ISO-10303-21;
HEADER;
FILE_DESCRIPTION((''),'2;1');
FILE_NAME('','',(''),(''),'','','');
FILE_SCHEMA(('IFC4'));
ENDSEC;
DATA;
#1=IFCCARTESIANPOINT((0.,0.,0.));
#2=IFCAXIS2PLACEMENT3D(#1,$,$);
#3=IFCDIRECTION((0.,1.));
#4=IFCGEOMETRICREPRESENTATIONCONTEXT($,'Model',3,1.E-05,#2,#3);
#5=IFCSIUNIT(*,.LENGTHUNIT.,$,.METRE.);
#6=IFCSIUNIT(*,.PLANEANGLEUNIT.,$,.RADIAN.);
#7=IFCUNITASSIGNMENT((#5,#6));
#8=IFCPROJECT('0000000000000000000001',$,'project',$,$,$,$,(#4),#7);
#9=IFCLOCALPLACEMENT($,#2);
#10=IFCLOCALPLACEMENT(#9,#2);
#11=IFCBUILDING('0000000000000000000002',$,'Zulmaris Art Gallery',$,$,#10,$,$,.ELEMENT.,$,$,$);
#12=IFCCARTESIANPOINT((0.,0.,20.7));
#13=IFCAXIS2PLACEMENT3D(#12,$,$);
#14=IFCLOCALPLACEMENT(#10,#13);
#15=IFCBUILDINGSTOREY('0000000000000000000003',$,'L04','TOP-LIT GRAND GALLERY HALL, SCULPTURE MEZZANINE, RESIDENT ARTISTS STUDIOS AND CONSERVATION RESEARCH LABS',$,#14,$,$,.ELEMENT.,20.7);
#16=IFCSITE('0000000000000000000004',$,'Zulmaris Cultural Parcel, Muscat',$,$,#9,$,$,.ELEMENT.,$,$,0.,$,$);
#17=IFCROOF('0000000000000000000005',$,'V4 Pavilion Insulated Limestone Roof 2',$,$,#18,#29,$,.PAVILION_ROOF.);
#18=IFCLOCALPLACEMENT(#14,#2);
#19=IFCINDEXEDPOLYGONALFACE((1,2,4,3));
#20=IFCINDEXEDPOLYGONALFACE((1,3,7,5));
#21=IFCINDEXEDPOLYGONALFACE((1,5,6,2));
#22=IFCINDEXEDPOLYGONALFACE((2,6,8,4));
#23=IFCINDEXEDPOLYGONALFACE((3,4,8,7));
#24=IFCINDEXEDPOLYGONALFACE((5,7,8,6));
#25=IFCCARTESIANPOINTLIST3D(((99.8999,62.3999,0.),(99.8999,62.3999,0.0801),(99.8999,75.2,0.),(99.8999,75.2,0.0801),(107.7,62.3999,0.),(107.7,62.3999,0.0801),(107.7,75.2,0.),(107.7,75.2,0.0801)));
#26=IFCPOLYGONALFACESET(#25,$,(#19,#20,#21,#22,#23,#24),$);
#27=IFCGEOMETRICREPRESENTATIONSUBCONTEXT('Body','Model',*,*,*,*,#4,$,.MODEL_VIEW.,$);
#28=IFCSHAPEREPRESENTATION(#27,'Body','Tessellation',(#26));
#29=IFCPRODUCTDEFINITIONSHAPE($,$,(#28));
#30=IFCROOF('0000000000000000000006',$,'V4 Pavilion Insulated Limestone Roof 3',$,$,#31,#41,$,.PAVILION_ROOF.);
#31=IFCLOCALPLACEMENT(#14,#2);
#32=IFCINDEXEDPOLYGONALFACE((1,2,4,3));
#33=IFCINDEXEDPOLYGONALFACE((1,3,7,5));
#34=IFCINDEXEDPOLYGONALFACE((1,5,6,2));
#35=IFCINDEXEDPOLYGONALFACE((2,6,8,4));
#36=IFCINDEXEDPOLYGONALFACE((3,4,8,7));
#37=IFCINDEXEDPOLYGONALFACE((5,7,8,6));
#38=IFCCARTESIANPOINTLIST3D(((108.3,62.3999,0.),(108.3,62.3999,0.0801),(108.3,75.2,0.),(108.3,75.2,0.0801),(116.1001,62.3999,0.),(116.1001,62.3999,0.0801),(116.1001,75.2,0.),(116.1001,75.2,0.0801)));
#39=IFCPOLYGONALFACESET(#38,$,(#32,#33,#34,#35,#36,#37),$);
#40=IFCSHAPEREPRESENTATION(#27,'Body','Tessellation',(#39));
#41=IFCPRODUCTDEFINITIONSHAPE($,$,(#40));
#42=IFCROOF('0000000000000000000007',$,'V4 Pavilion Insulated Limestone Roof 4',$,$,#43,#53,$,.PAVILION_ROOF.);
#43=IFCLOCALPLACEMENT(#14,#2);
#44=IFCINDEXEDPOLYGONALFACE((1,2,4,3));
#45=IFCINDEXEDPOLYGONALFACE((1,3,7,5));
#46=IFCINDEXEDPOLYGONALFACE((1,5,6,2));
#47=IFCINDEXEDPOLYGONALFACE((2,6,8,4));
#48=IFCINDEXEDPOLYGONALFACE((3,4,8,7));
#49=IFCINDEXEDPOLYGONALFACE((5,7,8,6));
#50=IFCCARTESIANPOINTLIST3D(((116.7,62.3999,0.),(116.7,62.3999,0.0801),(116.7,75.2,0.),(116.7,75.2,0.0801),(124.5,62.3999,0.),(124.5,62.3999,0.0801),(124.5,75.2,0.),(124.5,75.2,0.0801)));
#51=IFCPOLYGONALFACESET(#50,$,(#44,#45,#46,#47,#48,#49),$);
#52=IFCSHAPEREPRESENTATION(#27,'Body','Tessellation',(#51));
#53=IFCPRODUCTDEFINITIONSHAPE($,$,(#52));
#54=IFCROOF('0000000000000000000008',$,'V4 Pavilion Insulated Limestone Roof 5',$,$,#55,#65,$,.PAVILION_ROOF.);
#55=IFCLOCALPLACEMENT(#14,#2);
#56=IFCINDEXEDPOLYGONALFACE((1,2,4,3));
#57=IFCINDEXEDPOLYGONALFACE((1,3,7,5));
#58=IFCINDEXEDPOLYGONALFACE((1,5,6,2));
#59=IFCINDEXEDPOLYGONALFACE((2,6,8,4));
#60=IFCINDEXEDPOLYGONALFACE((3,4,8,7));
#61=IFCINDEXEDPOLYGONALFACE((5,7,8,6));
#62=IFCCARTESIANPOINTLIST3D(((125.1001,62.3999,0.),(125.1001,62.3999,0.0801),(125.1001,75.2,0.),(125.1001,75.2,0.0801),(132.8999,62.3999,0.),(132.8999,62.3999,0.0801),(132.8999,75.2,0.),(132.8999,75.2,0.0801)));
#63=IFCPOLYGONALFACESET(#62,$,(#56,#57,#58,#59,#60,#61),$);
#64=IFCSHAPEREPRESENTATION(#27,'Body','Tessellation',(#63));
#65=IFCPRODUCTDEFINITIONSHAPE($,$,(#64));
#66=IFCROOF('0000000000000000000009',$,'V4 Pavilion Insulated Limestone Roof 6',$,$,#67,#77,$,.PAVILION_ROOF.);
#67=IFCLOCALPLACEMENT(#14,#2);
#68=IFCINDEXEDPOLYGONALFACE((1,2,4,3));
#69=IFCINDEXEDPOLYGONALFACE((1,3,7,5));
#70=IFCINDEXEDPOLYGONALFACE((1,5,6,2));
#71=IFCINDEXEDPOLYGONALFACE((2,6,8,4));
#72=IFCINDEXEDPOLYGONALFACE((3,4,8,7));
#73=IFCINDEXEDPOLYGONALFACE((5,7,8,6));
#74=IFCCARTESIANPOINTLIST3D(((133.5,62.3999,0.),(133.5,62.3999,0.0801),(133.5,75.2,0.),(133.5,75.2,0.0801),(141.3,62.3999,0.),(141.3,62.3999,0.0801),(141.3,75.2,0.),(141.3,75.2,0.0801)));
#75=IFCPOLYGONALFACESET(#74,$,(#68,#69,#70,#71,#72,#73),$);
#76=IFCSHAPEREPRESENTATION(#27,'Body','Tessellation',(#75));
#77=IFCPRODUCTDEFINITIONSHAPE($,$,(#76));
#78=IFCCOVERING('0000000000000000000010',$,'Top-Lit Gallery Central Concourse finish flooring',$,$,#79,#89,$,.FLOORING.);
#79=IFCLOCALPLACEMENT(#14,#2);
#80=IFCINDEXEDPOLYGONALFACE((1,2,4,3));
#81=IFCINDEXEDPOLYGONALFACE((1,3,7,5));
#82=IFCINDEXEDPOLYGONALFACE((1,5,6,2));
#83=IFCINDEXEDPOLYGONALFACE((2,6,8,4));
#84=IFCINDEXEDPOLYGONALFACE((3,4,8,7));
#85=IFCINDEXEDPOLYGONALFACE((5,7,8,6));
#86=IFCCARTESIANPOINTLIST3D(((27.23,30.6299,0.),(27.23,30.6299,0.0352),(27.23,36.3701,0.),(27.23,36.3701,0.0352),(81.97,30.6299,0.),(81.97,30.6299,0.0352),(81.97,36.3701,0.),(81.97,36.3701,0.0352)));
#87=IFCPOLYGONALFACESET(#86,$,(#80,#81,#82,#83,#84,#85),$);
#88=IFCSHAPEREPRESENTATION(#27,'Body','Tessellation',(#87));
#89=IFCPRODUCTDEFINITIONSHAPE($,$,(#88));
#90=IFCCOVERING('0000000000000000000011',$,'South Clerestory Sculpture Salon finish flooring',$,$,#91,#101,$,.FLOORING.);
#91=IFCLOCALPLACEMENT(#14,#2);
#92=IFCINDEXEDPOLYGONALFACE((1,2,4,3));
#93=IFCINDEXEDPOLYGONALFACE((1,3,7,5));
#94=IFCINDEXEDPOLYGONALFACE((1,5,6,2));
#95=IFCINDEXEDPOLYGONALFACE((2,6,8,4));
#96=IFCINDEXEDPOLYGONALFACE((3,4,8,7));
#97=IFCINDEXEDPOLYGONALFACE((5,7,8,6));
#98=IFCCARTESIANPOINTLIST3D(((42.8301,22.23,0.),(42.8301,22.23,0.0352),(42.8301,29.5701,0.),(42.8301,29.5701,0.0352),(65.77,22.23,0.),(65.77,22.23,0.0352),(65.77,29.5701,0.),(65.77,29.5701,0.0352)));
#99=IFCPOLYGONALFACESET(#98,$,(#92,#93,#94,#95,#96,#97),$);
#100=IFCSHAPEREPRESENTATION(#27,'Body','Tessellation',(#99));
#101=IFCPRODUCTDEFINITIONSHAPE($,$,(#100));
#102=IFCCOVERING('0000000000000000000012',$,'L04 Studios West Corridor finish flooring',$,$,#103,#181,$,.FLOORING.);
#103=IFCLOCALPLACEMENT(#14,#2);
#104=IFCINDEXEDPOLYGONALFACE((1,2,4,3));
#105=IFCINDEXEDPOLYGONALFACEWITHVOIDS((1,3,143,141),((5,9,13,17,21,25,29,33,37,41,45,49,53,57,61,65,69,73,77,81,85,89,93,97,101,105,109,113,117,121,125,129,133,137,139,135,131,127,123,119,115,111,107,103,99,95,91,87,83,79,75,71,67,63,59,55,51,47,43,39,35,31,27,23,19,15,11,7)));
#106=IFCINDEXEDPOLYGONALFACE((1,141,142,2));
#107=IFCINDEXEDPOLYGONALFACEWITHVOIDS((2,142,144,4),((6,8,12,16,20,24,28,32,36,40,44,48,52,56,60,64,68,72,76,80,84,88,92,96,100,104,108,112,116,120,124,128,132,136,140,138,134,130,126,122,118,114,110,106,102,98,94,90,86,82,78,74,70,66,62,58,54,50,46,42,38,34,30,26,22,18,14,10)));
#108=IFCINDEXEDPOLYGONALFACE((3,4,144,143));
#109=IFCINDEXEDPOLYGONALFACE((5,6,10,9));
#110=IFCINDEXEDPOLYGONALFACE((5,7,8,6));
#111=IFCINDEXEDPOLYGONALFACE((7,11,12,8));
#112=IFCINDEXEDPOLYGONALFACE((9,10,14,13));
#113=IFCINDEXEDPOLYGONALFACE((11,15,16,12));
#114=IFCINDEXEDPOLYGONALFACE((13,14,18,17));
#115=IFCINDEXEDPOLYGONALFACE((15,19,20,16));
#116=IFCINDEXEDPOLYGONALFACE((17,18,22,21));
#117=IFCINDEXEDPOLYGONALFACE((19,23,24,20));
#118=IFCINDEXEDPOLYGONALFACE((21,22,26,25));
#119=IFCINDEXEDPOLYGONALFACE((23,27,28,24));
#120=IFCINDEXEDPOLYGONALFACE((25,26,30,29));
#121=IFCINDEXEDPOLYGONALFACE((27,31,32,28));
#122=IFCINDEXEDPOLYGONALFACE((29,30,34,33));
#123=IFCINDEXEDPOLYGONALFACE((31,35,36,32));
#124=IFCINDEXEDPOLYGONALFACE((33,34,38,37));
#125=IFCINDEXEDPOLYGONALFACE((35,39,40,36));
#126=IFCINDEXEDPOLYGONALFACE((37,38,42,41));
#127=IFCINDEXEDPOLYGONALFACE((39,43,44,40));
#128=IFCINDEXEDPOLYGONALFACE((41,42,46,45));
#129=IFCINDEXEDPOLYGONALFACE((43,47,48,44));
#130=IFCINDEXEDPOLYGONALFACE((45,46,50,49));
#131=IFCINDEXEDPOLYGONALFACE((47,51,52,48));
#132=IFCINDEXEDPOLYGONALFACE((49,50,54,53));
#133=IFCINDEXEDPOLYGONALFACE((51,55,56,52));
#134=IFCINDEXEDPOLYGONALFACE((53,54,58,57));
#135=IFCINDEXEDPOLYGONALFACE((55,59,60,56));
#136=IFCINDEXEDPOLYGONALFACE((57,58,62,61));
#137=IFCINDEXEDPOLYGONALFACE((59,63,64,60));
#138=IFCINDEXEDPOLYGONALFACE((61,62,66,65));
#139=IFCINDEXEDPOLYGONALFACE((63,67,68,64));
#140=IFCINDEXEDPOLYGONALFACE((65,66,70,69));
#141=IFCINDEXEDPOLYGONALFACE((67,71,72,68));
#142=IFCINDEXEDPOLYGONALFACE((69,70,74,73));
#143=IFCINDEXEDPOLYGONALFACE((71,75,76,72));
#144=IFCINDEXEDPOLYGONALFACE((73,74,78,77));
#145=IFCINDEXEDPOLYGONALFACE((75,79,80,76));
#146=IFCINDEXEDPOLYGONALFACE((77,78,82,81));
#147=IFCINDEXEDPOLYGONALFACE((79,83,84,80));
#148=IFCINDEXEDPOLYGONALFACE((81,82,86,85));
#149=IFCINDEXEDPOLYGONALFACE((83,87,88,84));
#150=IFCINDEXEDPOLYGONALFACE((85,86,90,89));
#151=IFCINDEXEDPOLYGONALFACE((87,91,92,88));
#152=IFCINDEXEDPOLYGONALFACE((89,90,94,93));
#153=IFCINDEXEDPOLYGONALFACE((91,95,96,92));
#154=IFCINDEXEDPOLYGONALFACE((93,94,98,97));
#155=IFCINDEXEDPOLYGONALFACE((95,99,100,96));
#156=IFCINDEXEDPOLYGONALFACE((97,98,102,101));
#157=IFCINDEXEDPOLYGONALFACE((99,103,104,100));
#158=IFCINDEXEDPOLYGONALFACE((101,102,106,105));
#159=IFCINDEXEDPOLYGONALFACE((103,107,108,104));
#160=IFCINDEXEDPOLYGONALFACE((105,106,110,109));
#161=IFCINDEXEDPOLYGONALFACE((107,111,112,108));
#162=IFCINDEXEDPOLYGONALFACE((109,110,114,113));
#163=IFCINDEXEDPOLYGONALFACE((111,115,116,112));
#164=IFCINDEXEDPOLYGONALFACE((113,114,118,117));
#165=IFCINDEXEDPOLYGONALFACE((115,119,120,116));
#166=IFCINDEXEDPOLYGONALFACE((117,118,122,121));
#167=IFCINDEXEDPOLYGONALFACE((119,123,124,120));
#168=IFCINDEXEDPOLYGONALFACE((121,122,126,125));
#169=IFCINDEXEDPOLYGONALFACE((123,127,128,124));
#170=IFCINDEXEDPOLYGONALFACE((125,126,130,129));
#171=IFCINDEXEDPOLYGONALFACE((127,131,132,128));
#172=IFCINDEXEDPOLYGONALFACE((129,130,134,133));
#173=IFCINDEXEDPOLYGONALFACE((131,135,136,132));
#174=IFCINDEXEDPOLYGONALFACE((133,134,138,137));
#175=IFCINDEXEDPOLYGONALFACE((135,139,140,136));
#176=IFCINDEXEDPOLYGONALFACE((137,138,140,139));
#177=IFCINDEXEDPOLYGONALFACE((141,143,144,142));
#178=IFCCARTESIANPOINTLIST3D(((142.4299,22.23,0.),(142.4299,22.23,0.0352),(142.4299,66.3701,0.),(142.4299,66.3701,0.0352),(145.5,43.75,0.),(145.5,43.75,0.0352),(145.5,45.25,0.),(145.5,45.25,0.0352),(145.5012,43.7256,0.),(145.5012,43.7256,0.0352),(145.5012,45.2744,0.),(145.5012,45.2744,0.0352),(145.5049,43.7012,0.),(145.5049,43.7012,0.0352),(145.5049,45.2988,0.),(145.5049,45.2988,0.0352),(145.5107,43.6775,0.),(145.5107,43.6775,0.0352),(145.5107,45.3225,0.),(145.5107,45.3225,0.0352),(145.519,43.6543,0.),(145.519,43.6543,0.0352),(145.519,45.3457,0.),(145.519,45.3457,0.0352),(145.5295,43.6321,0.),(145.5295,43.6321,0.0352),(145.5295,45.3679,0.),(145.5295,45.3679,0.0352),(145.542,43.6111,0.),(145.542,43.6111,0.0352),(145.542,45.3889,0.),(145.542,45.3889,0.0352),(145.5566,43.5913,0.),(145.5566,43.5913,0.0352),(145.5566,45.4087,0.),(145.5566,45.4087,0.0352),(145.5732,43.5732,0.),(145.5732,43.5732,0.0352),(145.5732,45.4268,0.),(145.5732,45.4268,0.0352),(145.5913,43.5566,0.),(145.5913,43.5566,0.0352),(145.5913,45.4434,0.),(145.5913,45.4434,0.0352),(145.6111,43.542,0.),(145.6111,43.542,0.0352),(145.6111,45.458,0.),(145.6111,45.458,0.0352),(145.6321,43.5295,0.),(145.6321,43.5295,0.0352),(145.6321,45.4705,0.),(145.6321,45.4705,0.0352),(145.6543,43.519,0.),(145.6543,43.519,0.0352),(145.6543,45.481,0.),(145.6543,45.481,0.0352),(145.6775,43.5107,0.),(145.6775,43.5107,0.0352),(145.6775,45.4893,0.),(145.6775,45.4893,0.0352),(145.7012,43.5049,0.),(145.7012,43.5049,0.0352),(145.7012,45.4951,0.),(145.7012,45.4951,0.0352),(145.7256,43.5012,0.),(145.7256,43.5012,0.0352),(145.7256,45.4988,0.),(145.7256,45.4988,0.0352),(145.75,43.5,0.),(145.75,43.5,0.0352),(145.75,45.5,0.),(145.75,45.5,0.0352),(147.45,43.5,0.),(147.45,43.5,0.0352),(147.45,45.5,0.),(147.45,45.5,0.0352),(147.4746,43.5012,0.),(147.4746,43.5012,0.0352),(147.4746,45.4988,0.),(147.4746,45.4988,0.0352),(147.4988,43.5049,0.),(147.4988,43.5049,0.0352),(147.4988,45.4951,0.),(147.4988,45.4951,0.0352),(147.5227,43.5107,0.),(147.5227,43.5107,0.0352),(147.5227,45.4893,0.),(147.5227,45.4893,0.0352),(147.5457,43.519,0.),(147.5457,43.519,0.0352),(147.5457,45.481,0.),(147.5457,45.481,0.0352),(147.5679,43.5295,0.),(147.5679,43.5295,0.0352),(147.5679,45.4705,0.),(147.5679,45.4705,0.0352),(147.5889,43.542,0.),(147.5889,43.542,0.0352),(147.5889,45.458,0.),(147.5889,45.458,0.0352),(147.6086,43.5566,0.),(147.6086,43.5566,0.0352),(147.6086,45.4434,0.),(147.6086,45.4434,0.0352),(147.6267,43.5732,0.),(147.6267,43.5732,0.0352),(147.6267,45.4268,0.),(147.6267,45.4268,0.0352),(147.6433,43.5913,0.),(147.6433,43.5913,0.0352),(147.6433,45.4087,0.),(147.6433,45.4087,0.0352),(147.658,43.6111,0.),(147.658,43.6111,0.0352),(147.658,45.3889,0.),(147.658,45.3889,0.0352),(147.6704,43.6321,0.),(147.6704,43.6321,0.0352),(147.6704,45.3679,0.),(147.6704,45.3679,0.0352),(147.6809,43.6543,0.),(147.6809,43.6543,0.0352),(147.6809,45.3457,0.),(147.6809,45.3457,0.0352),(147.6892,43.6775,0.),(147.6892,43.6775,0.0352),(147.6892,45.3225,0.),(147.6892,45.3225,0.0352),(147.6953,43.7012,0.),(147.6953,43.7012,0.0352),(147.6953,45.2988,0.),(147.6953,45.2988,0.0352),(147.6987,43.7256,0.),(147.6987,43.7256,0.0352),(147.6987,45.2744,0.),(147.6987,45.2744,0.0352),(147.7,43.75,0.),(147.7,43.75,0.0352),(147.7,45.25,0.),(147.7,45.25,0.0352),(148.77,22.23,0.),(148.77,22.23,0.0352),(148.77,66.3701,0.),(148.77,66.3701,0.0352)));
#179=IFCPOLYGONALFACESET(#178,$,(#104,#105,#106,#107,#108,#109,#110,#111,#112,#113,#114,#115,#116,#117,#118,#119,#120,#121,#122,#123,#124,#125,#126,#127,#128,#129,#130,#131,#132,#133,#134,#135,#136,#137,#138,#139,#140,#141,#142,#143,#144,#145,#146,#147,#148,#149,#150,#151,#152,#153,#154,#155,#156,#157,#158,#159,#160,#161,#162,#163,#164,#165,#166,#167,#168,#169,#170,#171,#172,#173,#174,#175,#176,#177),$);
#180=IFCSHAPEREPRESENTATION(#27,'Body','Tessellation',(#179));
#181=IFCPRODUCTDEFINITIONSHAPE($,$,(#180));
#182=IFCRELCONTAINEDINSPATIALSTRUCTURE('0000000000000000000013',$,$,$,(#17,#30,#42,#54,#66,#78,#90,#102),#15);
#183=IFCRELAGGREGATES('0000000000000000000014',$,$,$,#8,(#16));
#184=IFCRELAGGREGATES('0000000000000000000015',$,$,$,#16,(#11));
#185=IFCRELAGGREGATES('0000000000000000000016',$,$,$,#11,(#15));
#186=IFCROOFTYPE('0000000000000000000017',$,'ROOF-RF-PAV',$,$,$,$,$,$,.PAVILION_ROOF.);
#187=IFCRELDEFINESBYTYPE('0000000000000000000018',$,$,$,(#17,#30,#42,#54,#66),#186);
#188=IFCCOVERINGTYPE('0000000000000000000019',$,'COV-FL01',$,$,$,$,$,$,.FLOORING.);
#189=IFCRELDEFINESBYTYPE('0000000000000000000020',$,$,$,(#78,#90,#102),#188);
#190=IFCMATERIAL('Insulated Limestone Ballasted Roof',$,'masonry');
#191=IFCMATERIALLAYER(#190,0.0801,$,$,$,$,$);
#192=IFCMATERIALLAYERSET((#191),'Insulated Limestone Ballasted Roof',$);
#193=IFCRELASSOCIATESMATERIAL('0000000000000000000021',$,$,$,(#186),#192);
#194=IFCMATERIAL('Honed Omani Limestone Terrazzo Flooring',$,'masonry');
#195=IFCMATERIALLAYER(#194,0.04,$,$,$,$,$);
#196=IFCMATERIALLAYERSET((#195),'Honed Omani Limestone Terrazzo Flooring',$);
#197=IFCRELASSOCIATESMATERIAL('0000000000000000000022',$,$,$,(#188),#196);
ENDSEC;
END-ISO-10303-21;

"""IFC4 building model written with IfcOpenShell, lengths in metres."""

from ifc_helpers import new_model, si_unit, direction, frame, origin, place, context, subcontext, project, spatial, polyline, outline, extrude, material, layer, layer_set, type_object, element, save


model = new_model("IFC4")

# Units and contexts
model_context = context("Model", 3, precision=1e-05, world=origin(), true_north=direction((0.0, 1.0)))
body_context = subcontext(model_context, "Body", "Model", "MODEL_VIEW")
ifc_project = project(units=[si_unit("LENGTHUNIT", "METRE"), si_unit("PLANEANGLEUNIT", "RADIAN")], contexts=[model_context])

# Site, building, storey
site_placement = place(None, origin())
site = spatial("IfcSite", under=ifc_project, at=site_placement, Name="Zulmaris Cultural Parcel, Muscat", CompositionType="ELEMENT", RefElevation=0.0)
building_placement = place(site_placement, origin())
building = spatial("IfcBuilding", under=site, at=building_placement, Name="Zulmaris Art Gallery", CompositionType="ELEMENT")
storey_placement = place(building_placement, frame((0.0, 0.0, 20.7)))
storey = spatial("IfcBuildingStorey", under=building, at=storey_placement, Name="L04", Description="TOP-LIT GRAND GALLERY HALL, SCULPTURE MEZZANINE, RESIDENT ARTISTS STUDIOS AND CONSERVATION RESEARCH LABS", CompositionType="ELEMENT", Elevation=20.7)

# Roofs
ifc_material_1 = material(Name="Insulated Limestone Ballasted Roof", Category="masonry")
ifc_layer_1 = layer(ifc_material_1, 0.0801)
ifc_layer_set_1 = layer_set([ifc_layer_1], Name="Insulated Limestone Ballasted Roof")
roof_type = type_object("IfcRoofType", Name="ROOF-RF-PAV", PredefinedType="PAVILION_ROOF", material=ifc_layer_set_1)
roof_1_placement = place(storey_placement, origin())
element("IfcRoof", 1, at=roof_1_placement, inside=storey, type_object=roof_type, Name="V4 Pavilion Insulated Limestone Roof 2", PredefinedType="PAVILION_ROOF", context=body_context, shape_type="SweptSolid", body=[
    extrude(outline(polyline([(99.8999, 62.3999), (107.7, 62.3999), (107.7, 75.2), (99.8999, 75.2), (99.8999, 62.3999)])), origin(), (0.0, 0.0, 1.0), 0.0801),
])
roof_2_placement = place(storey_placement, origin())
element("IfcRoof", 2, at=roof_2_placement, inside=storey, type_object=roof_type, Name="V4 Pavilion Insulated Limestone Roof 3", PredefinedType="PAVILION_ROOF", context=body_context, shape_type="SweptSolid", body=[
    extrude(outline(polyline([(108.3, 62.3999), (116.1001, 62.3999), (116.1001, 75.2), (108.3, 75.2), (108.3, 62.3999)])), origin(), (0.0, 0.0, 1.0), 0.0801),
])
roof_3_placement = place(storey_placement, origin())
element("IfcRoof", 3, at=roof_3_placement, inside=storey, type_object=roof_type, Name="V4 Pavilion Insulated Limestone Roof 4", PredefinedType="PAVILION_ROOF", context=body_context, shape_type="SweptSolid", body=[
    extrude(outline(polyline([(116.7, 62.3999), (124.5, 62.3999), (124.5, 75.2), (116.7, 75.2), (116.7, 62.3999)])), origin(), (0.0, 0.0, 1.0), 0.0801),
])
roof_4_placement = place(storey_placement, origin())
element("IfcRoof", 4, at=roof_4_placement, inside=storey, type_object=roof_type, Name="V4 Pavilion Insulated Limestone Roof 5", PredefinedType="PAVILION_ROOF", context=body_context, shape_type="SweptSolid", body=[
    extrude(outline(polyline([(125.1001, 62.3999), (132.8999, 62.3999), (132.8999, 75.2), (125.1001, 75.2), (125.1001, 62.3999)])), origin(), (0.0, 0.0, 1.0), 0.0801),
])
roof_5_placement = place(storey_placement, origin())
element("IfcRoof", 5, at=roof_5_placement, inside=storey, type_object=roof_type, Name="V4 Pavilion Insulated Limestone Roof 6", PredefinedType="PAVILION_ROOF", context=body_context, shape_type="SweptSolid", body=[
    extrude(outline(polyline([(133.5, 62.3999), (141.3, 62.3999), (141.3, 75.2), (133.5, 75.2), (133.5, 62.3999)])), origin(), (0.0, 0.0, 1.0), 0.0801),
])

# Coverings
ifc_material_2 = material(Name="Honed Omani Limestone Terrazzo Flooring", Category="masonry")
ifc_layer_2 = layer(ifc_material_2, 0.04)
ifc_layer_set_2 = layer_set([ifc_layer_2], Name="Honed Omani Limestone Terrazzo Flooring")
covering_type_1 = type_object("IfcCoveringType", Name="COV-FL01", PredefinedType="FLOORING", material=ifc_layer_set_2)
covering_1_placement = place(storey_placement, origin())
element("IfcCovering", 6, at=covering_1_placement, inside=storey, type_object=covering_type_1, Name="Top-Lit Gallery Central Concourse finish flooring", PredefinedType="FLOORING", context=body_context, shape_type="SweptSolid", body=[
    extrude(outline(polyline([(81.97, 30.6299), (27.23, 30.6299), (27.23, 36.3701), (81.97, 36.3701), (81.97, 30.6299)])), origin(), (0.0, 0.0, 1.0), 0.0352),
])
covering_2_placement = place(storey_placement, origin())
element("IfcCovering", 7, at=covering_2_placement, inside=storey, type_object=covering_type_1, Name="South Clerestory Sculpture Salon finish flooring", PredefinedType="FLOORING", context=body_context, shape_type="SweptSolid", body=[
    extrude(outline(polyline([(65.77, 22.23), (42.8301, 22.23), (42.8301, 29.5701), (65.77, 29.5701), (65.77, 22.23)])), origin(), (0.0, 0.0, 1.0), 0.0352),
])
covering_3_placement = place(storey_placement, origin())
element("IfcCovering", 8, at=covering_3_placement, inside=storey, type_object=covering_type_1, Name="L04 Studios West Corridor finish flooring", PredefinedType="FLOORING", context=body_context, shape_type="SweptSolid", body=[
    extrude(outline(polyline([(148.77, 22.23), (142.4299, 22.23), (142.4299, 66.3701), (148.77, 66.3701), (148.77, 22.23)]), holes=[polyline([(145.7256, 45.4988), (145.7012, 45.4951), (145.6775, 45.4893), (145.6543, 45.481), (145.6321, 45.4705), (145.6111, 45.458), (145.5913, 45.4434), (145.5732, 45.4268), (145.5566, 45.4087), (145.542, 45.3889), (145.5295, 45.3679), (145.519, 45.3457), (145.5107, 45.3225), (145.5049, 45.2988), (145.5012, 45.2744), (145.5, 45.25), (145.5, 43.75), (145.5012, 43.7256), (145.5049, 43.7012), (145.5107, 43.6775), (145.519, 43.6543), (145.5295, 43.6321), (145.542, 43.6111), (145.5566, 43.5913), (145.5732, 43.5732), (145.5913, 43.5566), (145.6111, 43.542), (145.6321, 43.5295), (145.6543, 43.519), (145.6775, 43.5107), (145.7012, 43.5049), (145.7256, 43.5012), (145.75, 43.5), (147.45, 43.5), (147.4746, 43.5012), (147.4988, 43.5049), (147.5227, 43.5107), (147.5457, 43.519), (147.5679, 43.5295), (147.5889, 43.542), (147.6086, 43.5566), (147.6267, 43.5732), (147.6433, 43.5913), (147.658, 43.6111), (147.6704, 43.6321), (147.6809, 43.6543), (147.6892, 43.6775), (147.6953, 43.7012), (147.6987, 43.7256), (147.7, 43.75), (147.7, 45.25), (147.6987, 45.2744), (147.6953, 45.2988), (147.6892, 45.3225), (147.6809, 45.3457), (147.6704, 45.3679), (147.658, 45.3889), (147.6433, 45.4087), (147.6267, 45.4268), (147.6086, 45.4434), (147.5889, 45.458), (147.5679, 45.4705), (147.5457, 45.481), (147.5227, 45.4893), (147.4988, 45.4951), (147.4746, 45.4988), (147.45, 45.5), (145.75, 45.5), (145.7256, 45.4988)])]), origin(), (0.0, 0.0, 1.0), 0.0352),
])

save(model, "model.ifc")
